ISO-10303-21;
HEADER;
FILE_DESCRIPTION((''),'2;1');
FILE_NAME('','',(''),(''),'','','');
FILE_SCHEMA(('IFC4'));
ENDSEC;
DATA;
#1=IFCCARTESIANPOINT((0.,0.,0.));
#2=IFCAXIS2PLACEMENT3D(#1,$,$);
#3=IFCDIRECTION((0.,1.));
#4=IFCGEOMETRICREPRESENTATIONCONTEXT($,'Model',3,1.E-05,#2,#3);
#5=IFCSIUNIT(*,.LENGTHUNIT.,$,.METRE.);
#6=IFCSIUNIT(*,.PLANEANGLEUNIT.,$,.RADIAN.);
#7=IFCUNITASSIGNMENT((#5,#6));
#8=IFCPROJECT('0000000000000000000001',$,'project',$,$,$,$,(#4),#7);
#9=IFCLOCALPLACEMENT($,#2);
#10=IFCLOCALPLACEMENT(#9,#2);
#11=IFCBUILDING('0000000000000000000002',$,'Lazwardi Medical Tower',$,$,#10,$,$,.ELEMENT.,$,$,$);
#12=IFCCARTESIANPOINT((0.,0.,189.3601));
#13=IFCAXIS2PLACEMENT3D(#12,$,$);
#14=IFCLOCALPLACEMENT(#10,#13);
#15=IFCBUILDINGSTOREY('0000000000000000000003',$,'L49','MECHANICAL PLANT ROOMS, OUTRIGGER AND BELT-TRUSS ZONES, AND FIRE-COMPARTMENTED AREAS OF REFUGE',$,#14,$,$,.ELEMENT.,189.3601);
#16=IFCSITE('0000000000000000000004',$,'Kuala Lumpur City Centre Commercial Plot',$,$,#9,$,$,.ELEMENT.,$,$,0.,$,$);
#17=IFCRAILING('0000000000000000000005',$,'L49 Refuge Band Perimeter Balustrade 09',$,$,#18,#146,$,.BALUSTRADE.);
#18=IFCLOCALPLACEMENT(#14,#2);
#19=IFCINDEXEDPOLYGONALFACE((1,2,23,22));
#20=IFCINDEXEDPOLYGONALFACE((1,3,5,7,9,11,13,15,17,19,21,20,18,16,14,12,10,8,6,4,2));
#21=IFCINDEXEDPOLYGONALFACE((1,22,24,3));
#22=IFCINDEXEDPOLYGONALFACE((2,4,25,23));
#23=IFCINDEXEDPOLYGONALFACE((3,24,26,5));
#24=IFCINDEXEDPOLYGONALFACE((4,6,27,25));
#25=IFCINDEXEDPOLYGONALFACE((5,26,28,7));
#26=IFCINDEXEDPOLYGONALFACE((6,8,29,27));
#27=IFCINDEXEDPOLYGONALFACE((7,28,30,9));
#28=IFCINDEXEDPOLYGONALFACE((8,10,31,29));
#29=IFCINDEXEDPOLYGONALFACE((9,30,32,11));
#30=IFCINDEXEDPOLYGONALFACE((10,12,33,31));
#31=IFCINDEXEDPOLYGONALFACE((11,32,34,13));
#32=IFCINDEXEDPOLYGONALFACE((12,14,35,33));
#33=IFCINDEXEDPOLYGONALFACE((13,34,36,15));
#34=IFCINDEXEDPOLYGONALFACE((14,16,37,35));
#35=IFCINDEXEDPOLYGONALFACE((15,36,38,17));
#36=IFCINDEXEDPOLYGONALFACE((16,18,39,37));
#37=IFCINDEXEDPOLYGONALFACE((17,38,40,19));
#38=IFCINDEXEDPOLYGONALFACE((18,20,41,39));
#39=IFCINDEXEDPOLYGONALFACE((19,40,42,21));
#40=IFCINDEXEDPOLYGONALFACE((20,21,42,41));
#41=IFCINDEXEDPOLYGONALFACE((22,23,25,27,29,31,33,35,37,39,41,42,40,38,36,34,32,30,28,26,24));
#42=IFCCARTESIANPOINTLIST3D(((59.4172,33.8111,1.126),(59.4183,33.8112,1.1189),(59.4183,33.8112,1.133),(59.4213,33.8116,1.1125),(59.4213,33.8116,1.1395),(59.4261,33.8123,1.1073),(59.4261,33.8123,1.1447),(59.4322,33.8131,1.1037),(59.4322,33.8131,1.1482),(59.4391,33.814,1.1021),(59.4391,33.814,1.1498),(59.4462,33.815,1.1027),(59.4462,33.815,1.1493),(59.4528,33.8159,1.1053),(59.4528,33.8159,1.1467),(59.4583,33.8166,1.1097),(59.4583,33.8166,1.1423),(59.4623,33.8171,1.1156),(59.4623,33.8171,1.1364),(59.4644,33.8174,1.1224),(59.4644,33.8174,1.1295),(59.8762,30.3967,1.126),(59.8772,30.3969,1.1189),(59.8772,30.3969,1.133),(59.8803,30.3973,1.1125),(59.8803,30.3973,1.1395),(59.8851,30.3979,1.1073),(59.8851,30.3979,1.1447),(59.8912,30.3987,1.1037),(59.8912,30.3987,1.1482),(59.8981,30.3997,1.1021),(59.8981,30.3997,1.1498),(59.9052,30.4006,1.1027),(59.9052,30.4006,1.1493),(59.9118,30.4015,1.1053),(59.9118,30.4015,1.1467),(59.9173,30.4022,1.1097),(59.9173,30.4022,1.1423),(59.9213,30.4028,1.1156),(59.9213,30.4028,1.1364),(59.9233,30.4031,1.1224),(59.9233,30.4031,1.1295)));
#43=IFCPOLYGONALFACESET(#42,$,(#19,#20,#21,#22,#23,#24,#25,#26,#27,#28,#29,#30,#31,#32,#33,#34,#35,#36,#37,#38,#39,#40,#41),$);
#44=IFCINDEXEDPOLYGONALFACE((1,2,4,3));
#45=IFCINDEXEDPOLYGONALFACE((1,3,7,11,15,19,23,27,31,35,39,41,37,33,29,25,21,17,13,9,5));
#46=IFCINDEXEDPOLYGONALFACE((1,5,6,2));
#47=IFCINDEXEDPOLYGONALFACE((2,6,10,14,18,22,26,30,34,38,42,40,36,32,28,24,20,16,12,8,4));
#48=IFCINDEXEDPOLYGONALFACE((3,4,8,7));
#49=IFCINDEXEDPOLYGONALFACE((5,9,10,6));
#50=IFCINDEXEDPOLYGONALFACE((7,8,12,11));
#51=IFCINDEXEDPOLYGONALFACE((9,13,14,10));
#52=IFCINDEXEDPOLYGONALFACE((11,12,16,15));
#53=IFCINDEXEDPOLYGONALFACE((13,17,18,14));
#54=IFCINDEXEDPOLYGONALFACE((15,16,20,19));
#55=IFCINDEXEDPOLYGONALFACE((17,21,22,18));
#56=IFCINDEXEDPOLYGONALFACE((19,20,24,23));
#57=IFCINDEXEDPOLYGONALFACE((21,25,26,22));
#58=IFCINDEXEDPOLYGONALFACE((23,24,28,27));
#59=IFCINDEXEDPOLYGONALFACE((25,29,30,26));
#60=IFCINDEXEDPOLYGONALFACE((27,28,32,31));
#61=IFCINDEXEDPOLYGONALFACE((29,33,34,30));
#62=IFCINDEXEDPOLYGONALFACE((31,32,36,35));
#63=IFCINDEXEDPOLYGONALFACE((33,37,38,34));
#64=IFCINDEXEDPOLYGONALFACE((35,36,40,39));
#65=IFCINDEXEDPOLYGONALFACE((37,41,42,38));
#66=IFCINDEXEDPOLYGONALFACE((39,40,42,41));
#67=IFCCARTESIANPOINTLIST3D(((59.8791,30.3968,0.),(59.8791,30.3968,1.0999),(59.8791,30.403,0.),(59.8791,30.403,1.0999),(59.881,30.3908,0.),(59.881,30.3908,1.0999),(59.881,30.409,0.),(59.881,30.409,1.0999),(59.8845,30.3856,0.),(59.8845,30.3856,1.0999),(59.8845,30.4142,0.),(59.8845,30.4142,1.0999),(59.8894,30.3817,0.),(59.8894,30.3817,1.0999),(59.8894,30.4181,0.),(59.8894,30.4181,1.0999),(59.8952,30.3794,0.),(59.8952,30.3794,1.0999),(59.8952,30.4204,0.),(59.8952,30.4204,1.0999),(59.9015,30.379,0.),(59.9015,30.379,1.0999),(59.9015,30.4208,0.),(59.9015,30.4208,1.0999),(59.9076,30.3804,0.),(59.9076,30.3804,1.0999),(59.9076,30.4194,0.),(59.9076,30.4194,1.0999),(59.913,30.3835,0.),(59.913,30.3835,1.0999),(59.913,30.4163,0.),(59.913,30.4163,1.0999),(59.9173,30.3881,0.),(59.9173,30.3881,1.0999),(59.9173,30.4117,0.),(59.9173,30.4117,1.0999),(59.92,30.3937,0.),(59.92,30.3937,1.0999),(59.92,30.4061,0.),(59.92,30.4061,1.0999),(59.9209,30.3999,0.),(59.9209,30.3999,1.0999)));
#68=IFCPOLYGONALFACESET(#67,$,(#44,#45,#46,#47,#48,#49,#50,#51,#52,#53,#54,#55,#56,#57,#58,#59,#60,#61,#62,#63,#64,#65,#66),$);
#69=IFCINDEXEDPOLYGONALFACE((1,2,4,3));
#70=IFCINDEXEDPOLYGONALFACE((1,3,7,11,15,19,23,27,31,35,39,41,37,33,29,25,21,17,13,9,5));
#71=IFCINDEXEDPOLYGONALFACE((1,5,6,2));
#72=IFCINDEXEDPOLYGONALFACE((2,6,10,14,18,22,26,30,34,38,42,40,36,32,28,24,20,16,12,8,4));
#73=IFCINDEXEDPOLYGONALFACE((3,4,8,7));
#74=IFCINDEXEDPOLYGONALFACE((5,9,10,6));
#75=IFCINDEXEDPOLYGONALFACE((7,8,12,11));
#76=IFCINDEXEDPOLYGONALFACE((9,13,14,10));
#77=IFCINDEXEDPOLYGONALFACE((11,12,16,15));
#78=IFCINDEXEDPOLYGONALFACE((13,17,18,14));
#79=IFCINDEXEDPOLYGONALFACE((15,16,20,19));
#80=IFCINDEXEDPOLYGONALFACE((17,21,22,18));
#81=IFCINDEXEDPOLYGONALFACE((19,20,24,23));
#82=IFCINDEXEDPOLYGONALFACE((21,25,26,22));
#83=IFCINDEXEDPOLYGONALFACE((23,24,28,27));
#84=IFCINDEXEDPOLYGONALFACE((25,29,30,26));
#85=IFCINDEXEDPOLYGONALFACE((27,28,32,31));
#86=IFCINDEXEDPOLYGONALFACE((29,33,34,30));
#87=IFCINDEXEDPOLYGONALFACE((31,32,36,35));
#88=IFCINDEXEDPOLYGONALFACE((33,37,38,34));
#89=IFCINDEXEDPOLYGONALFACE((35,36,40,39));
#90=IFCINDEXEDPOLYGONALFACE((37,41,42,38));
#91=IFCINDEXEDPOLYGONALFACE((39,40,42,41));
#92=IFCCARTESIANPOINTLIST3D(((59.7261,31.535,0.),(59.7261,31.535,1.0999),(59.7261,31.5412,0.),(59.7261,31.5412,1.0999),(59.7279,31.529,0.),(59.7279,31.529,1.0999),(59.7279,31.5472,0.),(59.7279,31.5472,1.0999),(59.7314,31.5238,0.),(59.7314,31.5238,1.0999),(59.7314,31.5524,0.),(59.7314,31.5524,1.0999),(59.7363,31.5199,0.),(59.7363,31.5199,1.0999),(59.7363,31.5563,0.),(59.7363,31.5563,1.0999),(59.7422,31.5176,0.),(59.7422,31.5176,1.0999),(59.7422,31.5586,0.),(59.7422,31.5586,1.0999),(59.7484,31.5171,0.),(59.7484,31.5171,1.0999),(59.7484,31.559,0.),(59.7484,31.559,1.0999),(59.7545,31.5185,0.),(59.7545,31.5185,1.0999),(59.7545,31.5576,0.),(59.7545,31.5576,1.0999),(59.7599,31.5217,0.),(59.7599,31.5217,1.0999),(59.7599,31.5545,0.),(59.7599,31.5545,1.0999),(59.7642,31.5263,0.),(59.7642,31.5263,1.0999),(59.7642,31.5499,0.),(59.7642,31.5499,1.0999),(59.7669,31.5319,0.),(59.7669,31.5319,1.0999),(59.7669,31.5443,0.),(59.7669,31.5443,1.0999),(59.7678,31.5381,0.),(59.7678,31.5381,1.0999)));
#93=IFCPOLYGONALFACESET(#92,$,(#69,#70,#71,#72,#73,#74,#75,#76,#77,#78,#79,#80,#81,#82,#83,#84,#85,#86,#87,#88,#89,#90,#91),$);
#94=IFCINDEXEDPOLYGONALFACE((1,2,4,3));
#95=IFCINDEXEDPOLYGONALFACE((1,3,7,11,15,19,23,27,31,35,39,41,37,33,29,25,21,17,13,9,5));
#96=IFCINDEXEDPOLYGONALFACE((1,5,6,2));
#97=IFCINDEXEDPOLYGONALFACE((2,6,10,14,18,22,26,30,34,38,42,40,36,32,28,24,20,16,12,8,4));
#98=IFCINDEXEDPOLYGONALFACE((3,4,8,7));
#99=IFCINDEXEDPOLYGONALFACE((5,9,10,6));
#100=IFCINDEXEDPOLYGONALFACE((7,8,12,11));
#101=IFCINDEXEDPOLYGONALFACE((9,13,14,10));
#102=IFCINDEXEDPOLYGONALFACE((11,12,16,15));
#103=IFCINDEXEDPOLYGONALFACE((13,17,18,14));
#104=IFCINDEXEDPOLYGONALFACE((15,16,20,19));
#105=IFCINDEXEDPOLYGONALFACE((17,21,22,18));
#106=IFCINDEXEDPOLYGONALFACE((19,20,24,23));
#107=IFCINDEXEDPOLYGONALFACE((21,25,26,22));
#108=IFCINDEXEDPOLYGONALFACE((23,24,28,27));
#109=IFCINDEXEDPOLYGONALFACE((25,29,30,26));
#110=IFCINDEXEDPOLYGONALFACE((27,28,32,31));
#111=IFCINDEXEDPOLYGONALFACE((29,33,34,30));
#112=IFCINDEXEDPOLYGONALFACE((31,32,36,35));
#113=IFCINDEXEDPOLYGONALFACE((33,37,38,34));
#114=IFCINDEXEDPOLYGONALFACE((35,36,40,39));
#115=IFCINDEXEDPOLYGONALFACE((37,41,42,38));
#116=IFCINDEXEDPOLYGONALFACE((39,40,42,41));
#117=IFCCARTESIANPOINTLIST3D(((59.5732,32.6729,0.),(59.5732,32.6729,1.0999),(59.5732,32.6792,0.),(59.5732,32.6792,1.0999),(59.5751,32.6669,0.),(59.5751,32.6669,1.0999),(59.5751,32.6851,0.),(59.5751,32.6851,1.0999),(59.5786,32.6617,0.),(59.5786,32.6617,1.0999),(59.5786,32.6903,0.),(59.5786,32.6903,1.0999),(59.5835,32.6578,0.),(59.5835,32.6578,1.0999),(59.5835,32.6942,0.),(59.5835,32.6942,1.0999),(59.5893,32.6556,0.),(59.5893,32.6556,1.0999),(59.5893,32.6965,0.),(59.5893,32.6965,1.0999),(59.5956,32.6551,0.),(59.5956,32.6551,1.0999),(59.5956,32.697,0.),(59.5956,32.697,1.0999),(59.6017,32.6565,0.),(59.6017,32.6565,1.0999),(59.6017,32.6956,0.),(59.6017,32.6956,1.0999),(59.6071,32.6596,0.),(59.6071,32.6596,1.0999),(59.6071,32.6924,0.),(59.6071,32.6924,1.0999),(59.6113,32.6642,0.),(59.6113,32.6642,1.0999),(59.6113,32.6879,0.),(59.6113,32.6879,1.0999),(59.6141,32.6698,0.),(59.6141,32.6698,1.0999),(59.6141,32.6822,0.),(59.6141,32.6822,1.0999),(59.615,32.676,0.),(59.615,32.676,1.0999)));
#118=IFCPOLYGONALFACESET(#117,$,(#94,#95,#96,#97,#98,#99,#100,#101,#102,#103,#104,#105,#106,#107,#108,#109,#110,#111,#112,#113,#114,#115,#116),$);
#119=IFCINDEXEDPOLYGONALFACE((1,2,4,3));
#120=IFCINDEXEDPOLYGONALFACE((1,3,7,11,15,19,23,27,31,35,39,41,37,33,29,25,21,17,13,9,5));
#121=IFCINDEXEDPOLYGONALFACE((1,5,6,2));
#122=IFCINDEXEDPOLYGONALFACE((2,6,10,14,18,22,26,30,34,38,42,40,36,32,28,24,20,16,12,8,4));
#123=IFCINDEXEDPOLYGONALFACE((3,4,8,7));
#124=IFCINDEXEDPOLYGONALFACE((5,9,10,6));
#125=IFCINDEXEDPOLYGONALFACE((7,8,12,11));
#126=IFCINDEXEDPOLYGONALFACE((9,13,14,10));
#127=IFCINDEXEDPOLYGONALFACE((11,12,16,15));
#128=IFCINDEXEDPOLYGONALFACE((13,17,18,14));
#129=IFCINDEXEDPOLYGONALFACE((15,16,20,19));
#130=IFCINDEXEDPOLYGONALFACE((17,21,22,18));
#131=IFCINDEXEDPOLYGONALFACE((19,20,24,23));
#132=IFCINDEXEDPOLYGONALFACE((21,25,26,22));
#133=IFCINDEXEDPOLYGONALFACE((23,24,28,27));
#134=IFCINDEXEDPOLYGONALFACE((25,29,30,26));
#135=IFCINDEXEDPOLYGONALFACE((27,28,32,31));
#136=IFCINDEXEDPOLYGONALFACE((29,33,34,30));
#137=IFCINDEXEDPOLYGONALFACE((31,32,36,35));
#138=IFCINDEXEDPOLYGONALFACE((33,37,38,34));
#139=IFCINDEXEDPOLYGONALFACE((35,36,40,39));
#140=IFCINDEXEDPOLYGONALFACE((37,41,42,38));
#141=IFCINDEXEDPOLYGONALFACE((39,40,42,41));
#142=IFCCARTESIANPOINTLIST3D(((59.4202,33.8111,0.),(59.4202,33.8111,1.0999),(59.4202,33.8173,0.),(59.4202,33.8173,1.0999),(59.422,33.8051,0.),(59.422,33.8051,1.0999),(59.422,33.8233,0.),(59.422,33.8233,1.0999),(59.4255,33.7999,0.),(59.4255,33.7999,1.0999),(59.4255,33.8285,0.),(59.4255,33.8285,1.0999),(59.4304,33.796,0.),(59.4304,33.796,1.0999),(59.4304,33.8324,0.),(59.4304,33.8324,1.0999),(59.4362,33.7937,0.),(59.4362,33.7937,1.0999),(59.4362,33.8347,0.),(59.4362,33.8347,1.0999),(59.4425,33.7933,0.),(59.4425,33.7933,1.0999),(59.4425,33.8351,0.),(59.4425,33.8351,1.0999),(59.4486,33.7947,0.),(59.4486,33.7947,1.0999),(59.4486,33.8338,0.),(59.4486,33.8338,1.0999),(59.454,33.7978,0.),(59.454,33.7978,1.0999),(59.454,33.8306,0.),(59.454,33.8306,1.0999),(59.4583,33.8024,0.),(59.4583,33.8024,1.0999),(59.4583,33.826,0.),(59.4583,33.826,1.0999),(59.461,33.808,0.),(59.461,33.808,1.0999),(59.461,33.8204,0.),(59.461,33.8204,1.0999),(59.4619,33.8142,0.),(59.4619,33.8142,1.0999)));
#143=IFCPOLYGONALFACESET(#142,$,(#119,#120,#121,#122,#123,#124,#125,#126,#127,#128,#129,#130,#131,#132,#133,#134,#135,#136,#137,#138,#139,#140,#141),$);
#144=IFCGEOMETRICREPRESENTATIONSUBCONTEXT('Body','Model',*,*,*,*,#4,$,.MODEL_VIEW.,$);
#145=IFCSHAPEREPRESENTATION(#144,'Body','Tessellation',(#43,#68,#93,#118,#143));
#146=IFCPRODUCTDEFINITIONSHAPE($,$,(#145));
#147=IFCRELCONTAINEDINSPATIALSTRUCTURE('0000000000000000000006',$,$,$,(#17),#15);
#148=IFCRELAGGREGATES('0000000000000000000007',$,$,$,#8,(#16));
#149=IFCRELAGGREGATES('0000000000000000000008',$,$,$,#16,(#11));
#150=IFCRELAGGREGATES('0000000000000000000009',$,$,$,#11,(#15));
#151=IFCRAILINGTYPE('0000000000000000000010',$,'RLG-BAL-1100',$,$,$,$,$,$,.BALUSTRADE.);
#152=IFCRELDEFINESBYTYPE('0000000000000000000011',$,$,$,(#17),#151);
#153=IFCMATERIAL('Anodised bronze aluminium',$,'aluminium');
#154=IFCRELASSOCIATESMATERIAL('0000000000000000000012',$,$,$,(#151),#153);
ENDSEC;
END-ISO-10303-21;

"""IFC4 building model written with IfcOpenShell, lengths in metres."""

from ifc_helpers import new_model, si_unit, direction, frame, origin, origin_2d, place, context, subcontext, project, spatial, circle, extrude, material, type_object, element, save


model = new_model("IFC4")

# Units and contexts
model_context = context("Model", 3, precision=1e-05, world=origin(), true_north=direction((0.0, 1.0)))
body_context = subcontext(model_context, "Body", "Model", "MODEL_VIEW")
ifc_project = project(units=[si_unit("LENGTHUNIT", "METRE"), si_unit("PLANEANGLEUNIT", "RADIAN")], contexts=[model_context])

# Site, building, storey
site_placement = place(None, origin())
site = spatial("IfcSite", under=ifc_project, at=site_placement, Name="Kuala Lumpur City Centre Commercial Plot", CompositionType="ELEMENT", RefElevation=0.0)
building_placement = place(site_placement, origin())
building = spatial("IfcBuilding", under=site, at=building_placement, Name="Lazwardi Medical Tower", CompositionType="ELEMENT")
storey_placement = place(building_placement, frame((0.0, 0.0, 189.3601)))
storey = spatial("IfcBuildingStorey", under=building, at=storey_placement, Name="L49", Description="MECHANICAL PLANT ROOMS, OUTRIGGER AND BELT-TRUSS ZONES, AND FIRE-COMPARTMENTED AREAS OF REFUGE", CompositionType="ELEMENT", Elevation=189.3601)

# Railing
ifc_material_1 = material(Name="Anodised bronze aluminium", Category="aluminium")
railing_type = type_object("IfcRailingType", Name="RLG-BAL-1100", PredefinedType="BALUSTRADE", material=ifc_material_1)
railing_1_placement = place(storey_placement, frame((59.8999, 30.3999, 0.0)))
element("IfcRailing", 1, at=railing_1_placement, inside=storey, type_object=railing_type, Name="L49 Refuge Band Perimeter Balustrade 09", PredefinedType="BALUSTRADE", context=body_context, shape_type="SweptSolid", body=[
    extrude(circle(Radius=0.0239, at=origin_2d()), frame((0.0, 0.0, 1.126), z_axis=(-0.133231, 0.991085, 0.0), x_axis=(-0.991085, -0.133231, 0.0)), (0.0, 0.0, 1.0), 3.4451),
    extrude(circle(Radius=0.021, at=origin_2d()), origin(), (0.0, 0.0, 1.0), 1.0999),
    extrude(circle(Radius=0.021, at=origin_2d()), frame((-0.1531, 1.1382, 0.0)), (0.0, 0.0, 1.0), 1.0999),
    extrude(circle(Radius=0.021, at=origin_2d()), frame((-0.3059, 2.2761, 0.0)), (0.0, 0.0, 1.0), 1.0999),
    extrude(circle(Radius=0.021, at=origin_2d()), frame((-0.459, 3.4143, 0.0)), (0.0, 0.0, 1.0), 1.0999),
])

save(model, "model.ifc")
